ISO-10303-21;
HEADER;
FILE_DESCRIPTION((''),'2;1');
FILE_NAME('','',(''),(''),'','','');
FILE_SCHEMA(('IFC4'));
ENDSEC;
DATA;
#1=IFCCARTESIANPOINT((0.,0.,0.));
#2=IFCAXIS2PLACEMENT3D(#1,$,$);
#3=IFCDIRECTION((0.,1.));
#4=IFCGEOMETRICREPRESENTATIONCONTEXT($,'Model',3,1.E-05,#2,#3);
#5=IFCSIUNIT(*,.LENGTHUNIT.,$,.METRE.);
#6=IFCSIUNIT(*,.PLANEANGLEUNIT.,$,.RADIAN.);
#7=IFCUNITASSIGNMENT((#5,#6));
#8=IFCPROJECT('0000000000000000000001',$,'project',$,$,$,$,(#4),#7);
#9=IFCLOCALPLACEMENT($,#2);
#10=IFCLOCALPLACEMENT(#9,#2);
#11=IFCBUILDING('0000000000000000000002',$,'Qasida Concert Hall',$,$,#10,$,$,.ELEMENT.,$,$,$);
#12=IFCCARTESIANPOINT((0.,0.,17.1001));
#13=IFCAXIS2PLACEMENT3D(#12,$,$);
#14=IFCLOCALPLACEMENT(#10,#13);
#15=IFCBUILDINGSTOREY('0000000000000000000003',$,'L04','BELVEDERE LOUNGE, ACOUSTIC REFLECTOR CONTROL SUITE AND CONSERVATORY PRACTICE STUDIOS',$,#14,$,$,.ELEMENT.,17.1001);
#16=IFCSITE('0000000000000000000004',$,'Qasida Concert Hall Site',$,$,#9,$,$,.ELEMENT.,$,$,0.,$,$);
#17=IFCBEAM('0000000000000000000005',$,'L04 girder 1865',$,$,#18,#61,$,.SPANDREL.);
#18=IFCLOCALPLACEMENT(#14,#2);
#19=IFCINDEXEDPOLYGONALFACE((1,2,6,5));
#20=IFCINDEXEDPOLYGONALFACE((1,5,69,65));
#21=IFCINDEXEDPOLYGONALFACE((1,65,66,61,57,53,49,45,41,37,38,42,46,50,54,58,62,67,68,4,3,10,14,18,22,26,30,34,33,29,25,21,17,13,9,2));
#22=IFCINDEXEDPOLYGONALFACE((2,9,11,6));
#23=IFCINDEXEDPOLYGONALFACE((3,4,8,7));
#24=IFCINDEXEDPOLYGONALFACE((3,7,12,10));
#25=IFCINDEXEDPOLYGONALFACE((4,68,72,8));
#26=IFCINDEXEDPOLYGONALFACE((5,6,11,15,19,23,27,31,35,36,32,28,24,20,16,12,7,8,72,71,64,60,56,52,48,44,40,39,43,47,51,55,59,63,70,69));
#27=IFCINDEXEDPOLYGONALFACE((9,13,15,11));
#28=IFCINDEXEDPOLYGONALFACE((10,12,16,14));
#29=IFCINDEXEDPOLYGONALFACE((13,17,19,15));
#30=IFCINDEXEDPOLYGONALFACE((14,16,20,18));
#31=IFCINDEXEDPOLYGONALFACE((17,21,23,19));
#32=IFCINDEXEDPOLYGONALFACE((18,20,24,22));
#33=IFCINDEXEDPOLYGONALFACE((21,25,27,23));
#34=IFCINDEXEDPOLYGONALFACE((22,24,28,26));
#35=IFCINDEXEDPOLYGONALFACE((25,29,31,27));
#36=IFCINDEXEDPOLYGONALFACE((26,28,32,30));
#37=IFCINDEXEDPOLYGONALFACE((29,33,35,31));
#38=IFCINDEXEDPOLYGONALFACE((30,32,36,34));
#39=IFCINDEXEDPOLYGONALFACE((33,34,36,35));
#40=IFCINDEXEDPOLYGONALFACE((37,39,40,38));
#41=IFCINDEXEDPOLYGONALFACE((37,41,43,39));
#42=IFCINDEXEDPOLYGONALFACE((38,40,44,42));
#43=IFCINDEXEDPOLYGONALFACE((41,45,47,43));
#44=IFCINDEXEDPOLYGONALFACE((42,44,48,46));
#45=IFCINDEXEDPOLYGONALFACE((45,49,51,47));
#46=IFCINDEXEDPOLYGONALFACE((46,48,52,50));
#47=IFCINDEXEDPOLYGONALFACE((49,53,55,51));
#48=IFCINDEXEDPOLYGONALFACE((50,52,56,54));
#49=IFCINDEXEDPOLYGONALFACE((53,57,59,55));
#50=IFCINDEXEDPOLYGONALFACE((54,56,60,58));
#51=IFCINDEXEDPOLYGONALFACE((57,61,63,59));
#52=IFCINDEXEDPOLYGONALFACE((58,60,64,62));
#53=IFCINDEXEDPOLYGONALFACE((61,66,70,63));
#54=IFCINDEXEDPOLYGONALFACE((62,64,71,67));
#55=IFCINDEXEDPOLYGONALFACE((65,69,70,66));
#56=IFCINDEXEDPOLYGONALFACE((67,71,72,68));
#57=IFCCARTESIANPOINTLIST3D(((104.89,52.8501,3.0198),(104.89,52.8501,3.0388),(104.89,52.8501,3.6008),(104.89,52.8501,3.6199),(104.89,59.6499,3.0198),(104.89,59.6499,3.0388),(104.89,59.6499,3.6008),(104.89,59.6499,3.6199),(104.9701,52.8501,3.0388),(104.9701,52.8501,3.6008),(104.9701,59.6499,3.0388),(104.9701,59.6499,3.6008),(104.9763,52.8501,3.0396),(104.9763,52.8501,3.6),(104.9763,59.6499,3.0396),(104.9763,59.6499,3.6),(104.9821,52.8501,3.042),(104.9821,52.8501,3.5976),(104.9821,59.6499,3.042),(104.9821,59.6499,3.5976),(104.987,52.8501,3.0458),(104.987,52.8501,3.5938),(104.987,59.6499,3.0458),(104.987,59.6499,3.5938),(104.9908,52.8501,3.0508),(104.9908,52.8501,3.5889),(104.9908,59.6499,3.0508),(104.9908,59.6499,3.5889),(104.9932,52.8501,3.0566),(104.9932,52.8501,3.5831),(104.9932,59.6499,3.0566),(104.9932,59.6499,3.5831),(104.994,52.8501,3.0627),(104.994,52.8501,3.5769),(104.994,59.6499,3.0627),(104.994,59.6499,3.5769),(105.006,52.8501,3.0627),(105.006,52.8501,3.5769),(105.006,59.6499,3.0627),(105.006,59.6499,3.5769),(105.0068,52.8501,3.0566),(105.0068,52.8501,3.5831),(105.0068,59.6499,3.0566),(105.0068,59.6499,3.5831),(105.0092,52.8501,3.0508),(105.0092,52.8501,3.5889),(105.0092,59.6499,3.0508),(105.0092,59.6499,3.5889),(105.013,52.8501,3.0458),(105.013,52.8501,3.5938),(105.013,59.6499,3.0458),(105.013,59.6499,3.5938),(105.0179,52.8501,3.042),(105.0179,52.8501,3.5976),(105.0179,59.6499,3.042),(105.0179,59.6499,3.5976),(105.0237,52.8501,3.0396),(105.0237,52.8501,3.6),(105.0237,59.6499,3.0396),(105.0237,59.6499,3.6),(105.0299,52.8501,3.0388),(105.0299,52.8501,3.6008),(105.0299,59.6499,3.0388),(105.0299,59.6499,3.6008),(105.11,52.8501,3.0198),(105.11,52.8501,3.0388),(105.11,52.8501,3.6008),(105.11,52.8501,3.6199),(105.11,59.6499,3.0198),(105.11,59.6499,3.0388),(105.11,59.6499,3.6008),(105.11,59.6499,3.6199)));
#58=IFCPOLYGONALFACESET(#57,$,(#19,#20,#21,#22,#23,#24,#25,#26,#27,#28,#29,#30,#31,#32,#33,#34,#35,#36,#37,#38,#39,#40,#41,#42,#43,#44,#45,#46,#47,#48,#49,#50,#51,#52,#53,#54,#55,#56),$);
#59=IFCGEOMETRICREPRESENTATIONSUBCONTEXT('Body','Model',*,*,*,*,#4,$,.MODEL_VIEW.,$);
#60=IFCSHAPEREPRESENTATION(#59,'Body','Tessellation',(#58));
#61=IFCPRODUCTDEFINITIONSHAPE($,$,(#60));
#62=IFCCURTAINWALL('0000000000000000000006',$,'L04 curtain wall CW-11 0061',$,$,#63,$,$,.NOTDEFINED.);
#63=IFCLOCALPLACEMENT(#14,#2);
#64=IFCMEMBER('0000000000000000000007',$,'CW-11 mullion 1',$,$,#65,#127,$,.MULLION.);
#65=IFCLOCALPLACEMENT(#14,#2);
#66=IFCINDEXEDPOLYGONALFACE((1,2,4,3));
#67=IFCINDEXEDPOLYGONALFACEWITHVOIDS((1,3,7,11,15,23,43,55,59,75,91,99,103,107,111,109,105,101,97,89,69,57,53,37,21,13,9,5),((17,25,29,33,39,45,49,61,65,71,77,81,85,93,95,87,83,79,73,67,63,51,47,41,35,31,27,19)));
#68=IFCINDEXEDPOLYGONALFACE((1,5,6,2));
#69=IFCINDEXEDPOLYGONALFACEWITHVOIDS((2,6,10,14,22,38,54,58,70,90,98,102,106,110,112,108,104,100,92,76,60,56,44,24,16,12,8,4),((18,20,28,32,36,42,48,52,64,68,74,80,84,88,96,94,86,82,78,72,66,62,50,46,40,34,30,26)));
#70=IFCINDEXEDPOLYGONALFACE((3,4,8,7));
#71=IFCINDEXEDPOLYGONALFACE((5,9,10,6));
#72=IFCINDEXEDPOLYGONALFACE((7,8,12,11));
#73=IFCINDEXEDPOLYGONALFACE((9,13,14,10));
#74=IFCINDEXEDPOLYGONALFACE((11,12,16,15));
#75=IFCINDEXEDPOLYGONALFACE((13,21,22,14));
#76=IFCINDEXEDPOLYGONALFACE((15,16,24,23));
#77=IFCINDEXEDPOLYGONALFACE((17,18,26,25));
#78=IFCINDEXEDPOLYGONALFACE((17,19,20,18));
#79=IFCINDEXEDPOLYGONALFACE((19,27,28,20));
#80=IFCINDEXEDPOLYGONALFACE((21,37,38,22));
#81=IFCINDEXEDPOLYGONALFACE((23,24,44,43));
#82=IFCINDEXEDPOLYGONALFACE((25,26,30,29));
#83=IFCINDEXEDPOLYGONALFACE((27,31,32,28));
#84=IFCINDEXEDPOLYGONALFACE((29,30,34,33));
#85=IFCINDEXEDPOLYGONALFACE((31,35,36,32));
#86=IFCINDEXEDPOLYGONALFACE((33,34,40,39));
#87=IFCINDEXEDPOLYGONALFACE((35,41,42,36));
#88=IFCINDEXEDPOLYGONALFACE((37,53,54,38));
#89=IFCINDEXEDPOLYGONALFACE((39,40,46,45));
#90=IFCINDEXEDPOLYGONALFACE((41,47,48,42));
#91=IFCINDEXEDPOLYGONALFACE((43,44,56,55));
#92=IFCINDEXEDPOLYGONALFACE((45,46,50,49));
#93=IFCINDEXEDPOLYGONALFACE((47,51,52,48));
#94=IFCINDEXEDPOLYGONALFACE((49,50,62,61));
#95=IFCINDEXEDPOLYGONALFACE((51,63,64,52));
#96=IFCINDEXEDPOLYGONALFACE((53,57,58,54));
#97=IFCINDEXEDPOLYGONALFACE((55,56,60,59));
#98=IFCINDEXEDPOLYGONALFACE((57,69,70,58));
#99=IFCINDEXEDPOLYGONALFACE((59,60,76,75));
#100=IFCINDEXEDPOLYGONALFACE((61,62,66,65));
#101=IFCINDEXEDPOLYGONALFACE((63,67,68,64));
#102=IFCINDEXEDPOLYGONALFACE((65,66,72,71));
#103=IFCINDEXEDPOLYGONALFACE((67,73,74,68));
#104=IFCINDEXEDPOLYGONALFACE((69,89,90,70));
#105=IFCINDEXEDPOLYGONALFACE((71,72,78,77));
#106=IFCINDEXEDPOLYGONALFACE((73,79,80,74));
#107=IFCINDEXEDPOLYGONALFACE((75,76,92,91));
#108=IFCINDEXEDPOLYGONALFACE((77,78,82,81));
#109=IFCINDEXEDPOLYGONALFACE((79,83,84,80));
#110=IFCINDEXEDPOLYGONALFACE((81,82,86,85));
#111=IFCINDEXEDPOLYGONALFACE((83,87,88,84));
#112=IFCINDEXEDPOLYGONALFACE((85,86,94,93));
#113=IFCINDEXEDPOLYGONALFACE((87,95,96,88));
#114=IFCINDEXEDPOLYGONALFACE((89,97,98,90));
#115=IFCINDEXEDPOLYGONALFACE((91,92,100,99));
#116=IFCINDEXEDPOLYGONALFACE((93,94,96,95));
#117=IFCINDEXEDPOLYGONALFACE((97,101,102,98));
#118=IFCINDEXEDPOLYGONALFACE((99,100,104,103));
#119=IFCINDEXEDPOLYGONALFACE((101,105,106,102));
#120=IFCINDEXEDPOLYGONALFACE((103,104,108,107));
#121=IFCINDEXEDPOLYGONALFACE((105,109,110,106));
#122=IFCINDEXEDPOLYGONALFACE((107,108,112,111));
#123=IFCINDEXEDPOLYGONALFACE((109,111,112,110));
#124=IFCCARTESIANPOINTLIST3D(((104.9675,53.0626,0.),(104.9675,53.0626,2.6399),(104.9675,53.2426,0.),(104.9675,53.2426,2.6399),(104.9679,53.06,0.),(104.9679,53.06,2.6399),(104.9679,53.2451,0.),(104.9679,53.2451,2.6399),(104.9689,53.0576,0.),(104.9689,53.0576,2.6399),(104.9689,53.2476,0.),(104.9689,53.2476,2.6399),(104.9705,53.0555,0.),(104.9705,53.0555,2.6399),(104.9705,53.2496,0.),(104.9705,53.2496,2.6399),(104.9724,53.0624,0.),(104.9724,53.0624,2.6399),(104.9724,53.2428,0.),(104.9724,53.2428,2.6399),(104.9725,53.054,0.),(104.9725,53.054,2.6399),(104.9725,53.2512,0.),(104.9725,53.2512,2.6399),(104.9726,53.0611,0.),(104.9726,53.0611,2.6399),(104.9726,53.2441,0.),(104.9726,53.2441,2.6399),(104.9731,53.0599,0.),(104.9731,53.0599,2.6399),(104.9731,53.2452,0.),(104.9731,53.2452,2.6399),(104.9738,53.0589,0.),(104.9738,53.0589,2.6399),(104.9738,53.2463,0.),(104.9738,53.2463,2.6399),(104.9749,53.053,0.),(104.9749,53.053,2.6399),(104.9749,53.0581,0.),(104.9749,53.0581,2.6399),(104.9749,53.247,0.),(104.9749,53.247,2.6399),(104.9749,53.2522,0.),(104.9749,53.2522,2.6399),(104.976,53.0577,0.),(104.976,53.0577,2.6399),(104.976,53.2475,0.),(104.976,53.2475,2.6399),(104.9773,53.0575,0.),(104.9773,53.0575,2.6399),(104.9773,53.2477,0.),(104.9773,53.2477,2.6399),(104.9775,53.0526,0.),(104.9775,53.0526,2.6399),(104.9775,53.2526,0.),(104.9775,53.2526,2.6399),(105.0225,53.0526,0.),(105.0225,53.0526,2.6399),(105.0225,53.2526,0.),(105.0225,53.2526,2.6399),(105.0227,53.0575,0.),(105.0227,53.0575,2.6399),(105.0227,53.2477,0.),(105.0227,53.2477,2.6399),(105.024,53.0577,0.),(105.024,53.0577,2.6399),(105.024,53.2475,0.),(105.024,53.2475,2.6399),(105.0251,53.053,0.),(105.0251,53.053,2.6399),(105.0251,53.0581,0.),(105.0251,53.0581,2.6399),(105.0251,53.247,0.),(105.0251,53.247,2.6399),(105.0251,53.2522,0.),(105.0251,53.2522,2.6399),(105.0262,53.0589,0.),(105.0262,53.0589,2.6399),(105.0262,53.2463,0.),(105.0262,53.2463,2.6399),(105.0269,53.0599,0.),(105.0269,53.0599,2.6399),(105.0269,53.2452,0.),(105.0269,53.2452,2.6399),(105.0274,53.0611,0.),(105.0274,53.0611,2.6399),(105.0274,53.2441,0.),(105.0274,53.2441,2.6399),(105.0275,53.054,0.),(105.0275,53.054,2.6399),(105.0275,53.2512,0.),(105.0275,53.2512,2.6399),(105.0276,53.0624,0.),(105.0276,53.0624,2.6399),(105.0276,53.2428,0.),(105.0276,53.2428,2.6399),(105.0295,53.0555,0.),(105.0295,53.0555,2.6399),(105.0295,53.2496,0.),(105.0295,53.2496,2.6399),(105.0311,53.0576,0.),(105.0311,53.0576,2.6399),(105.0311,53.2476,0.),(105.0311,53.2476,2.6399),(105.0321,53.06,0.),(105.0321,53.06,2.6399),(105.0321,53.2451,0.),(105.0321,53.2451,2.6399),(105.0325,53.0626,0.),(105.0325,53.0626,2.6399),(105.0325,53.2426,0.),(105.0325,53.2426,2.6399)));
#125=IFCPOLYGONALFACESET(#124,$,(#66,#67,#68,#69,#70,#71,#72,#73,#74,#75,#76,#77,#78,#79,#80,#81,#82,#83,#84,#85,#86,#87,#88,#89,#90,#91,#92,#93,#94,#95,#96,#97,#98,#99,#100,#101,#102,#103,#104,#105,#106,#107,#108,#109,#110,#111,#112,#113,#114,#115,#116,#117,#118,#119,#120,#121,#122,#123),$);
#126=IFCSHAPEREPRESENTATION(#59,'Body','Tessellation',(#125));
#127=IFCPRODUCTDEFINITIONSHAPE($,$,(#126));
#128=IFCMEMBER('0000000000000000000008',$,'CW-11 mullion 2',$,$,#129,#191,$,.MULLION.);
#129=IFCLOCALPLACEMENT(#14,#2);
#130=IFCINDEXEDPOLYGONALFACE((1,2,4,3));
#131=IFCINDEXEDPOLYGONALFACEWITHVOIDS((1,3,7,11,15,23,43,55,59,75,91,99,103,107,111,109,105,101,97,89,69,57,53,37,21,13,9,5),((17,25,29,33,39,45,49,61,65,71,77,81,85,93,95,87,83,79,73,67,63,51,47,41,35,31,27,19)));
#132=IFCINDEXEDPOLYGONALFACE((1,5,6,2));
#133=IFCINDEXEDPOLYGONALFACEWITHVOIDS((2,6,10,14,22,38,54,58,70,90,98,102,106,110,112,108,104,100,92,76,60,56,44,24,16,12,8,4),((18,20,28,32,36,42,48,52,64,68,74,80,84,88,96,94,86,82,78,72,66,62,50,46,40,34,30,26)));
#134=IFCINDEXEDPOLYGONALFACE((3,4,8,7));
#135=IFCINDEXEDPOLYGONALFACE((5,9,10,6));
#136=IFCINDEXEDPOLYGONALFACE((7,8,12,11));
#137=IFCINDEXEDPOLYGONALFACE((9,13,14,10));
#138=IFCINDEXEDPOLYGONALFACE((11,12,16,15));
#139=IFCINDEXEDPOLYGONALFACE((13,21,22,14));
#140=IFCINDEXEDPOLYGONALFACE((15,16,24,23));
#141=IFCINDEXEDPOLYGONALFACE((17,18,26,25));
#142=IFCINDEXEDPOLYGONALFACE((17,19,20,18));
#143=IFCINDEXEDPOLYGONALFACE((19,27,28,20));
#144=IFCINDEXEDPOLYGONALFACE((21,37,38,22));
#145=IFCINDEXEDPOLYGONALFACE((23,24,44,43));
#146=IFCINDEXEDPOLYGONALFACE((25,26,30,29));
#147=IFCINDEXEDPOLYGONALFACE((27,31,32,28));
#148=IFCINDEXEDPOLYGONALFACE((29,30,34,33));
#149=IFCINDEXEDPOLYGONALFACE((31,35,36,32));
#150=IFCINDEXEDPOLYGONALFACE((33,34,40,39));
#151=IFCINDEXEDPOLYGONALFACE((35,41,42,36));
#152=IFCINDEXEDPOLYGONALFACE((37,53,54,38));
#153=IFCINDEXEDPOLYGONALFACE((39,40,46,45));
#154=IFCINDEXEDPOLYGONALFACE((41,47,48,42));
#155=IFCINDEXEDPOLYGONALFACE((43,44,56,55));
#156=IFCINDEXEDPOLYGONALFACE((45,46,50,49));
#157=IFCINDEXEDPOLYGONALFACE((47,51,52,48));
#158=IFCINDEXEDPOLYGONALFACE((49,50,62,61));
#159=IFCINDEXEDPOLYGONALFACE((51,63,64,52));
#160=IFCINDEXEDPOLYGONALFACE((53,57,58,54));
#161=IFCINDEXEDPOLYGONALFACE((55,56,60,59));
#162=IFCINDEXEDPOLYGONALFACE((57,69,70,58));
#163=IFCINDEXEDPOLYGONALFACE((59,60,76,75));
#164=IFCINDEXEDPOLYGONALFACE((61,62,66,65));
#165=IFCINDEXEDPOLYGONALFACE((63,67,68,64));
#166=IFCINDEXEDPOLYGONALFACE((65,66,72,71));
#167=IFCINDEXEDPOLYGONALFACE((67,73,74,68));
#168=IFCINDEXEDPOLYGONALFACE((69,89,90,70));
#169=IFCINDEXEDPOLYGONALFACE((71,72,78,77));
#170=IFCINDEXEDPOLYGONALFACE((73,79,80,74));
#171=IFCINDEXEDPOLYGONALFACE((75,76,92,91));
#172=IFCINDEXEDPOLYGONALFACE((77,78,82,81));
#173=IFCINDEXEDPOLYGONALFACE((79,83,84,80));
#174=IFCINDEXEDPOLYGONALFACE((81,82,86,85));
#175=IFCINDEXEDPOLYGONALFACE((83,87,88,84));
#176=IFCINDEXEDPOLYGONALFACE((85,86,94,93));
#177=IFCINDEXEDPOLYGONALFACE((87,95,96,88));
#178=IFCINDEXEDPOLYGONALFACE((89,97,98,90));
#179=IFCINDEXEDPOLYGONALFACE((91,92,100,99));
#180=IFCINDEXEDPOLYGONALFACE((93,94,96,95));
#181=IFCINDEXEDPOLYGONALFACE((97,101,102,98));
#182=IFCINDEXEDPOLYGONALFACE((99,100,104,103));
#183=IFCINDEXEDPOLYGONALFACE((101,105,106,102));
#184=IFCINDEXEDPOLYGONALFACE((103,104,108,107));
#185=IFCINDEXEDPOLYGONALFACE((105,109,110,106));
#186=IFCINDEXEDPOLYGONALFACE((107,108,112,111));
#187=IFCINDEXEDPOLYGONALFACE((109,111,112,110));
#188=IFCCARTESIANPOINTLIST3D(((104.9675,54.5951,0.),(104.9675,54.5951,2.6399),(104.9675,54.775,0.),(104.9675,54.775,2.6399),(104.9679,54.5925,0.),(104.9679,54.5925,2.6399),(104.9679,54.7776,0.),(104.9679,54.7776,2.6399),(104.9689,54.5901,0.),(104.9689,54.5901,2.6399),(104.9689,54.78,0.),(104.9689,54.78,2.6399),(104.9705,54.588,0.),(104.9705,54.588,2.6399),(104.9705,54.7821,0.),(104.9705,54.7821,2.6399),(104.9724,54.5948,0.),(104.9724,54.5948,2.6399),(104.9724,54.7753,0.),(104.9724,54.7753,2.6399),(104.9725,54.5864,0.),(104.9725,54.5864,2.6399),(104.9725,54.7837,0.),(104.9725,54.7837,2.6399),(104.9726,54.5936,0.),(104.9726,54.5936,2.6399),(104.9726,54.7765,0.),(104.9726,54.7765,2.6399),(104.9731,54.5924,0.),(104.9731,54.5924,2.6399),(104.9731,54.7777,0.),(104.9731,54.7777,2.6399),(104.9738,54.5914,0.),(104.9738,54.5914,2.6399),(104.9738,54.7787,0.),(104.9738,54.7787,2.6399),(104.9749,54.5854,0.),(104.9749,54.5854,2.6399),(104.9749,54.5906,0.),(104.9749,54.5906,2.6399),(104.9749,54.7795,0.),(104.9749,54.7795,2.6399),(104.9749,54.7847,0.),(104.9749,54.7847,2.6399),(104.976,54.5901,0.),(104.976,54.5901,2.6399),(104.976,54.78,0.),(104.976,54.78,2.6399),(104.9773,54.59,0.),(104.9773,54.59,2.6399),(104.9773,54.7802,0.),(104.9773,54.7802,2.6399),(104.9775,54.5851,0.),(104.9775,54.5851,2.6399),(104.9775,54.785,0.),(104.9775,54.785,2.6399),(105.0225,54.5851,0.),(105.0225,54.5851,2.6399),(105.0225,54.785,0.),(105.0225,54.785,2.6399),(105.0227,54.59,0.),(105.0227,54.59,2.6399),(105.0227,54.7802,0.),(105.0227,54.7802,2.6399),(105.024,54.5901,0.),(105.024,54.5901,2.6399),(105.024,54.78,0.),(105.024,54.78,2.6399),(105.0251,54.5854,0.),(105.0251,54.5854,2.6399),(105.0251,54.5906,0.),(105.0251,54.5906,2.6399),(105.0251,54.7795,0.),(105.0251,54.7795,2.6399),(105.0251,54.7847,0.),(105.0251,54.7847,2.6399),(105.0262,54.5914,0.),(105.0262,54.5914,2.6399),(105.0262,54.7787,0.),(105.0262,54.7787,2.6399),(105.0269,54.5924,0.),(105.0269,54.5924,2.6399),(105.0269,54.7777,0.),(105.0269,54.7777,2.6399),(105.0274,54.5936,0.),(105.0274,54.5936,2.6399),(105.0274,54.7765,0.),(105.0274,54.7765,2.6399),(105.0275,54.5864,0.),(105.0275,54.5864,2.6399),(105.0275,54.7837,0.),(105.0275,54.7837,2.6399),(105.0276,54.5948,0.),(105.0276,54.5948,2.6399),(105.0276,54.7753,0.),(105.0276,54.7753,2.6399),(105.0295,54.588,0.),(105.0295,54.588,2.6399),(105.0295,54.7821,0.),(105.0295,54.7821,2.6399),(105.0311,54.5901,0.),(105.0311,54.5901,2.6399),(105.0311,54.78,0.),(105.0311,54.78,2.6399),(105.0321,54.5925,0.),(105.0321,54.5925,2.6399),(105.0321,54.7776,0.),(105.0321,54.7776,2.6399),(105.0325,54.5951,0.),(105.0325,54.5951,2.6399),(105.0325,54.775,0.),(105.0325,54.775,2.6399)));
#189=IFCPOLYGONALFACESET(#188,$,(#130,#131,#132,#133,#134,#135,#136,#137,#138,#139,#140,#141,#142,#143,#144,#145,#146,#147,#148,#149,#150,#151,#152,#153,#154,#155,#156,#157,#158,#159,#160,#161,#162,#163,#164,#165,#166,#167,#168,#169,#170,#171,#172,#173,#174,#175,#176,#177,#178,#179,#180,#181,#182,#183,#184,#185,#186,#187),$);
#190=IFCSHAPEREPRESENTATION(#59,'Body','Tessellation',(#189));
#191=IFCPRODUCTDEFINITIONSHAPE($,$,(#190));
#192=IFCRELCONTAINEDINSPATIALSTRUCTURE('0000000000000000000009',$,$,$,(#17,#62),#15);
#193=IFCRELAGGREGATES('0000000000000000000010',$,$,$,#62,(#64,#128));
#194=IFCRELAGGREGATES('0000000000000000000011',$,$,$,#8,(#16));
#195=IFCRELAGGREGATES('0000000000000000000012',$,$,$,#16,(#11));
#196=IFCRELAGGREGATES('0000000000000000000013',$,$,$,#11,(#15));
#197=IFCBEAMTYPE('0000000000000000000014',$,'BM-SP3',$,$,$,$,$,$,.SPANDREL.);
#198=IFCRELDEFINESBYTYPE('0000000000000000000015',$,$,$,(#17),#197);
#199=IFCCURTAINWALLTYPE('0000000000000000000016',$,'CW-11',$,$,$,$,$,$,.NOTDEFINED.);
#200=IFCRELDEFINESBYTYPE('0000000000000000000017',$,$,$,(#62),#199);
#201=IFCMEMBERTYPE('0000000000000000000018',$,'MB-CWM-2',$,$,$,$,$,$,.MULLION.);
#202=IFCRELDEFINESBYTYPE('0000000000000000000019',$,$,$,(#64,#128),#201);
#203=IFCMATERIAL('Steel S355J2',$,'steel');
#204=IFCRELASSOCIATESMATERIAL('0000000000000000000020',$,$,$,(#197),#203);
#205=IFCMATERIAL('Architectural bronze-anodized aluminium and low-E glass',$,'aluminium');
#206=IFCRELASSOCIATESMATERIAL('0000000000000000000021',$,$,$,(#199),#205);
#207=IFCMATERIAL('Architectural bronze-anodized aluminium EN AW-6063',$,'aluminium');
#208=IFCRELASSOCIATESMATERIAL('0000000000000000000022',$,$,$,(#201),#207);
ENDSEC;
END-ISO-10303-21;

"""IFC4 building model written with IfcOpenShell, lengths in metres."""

from ifc_helpers import new_model, si_unit, direction, frame, origin, origin_2d, place, context, subcontext, project, spatial, hollow_rectangle, i_section, extrude, material, material_profile, profile_set, type_object, element, aggregate, save


model = new_model("IFC4")

# Units and contexts
model_context = context("Model", 3, precision=1e-05, world=origin(), true_north=direction((0.0, 1.0)))
body_context = subcontext(model_context, "Body", "Model", "MODEL_VIEW")
ifc_project = project(units=[si_unit("LENGTHUNIT", "METRE"), si_unit("PLANEANGLEUNIT", "RADIAN")], contexts=[model_context])

# Site, building, storey
site_placement = place(None, origin())
site = spatial("IfcSite", under=ifc_project, at=site_placement, Name="Qasida Concert Hall Site", CompositionType="ELEMENT", RefElevation=0.0)
building_placement = place(site_placement, origin())
building = spatial("IfcBuilding", under=site, at=building_placement, Name="Qasida Concert Hall", CompositionType="ELEMENT")
storey_placement = place(building_placement, frame((0.0, 0.0, 17.1001)))
storey = spatial("IfcBuildingStorey", under=building, at=storey_placement, Name="L04", Description="BELVEDERE LOUNGE, ACOUSTIC REFLECTOR CONTROL SUITE AND CONSERVATORY PRACTICE STUDIOS", CompositionType="ELEMENT", Elevation=17.1001)

# Beam
ifc_material_1 = material(Name="Steel S355J2", Category="steel")
ifc_material_profile_1 = material_profile(ifc_material_1, i_section(OverallWidth=0.22, OverallDepth=0.6001, WebThickness=0.012, FlangeThickness=0.019, FilletRadius=0.0239, at=origin_2d()), Name="IPE 600")
ifc_profile_set_1 = profile_set([ifc_material_profile_1], Name="Steel S355J2")
beam_type_1 = type_object("IfcBeamType", Name="BM-SP3", PredefinedType="SPANDREL", material=ifc_profile_set_1)
beam_1_placement = place(storey_placement, frame((105.0, 52.8501, 3.3198), z_axis=(0.0, 1.0, 0.0), x_axis=(-1.0, 0.0, 0.0)))
element("IfcBeam", 1, at=beam_1_placement, inside=storey, type_object=beam_type_1, Name="L04 girder 1865", PredefinedType="SPANDREL", context=body_context, shape_type="SweptSolid", body=[
    extrude(i_section(OverallWidth=0.22, OverallDepth=0.6001, WebThickness=0.012, FlangeThickness=0.019, FilletRadius=0.0239, at=origin_2d()), origin(), (0.0, 0.0, 1.0), 6.7998),
])

# Curtain wall, members
ifc_material_2 = material(Name="Architectural bronze-anodized aluminium and low-E glass", Category="aluminium")
curtain_wall_type = type_object("IfcCurtainWallType", Name="CW-11", PredefinedType="NOTDEFINED", material=ifc_material_2)
curtain_wall_placement = place(storey_placement, origin())
curtain_wall = element("IfcCurtainWall", 2, at=curtain_wall_placement, inside=storey, type_object=curtain_wall_type, Name="L04 curtain wall CW-11 0061", PredefinedType="NOTDEFINED")
ifc_material_3 = material(Name="Architectural bronze-anodized aluminium EN AW-6063", Category="aluminium")
ifc_material_profile_2 = material_profile(ifc_material_3, hollow_rectangle(XDim=0.0649, YDim=0.2, WallThickness=0.0049, InnerFilletRadius=0.0049, OuterFilletRadius=0.01, at=origin_2d()), Name="CWM 200x65x5")
ifc_profile_set_2 = profile_set([ifc_material_profile_2], Name="Architectural bronze-anodized aluminium EN AW-6063")
member_type_1 = type_object("IfcMemberType", Name="MB-CWM-2", PredefinedType="MULLION", material=ifc_profile_set_2)
member_1_placement = place(storey_placement, frame((105.0, 53.1526, 0.0), z_axis=(0.0, 0.0, 1.0), x_axis=(-1.0, 0.0, 0.0)))
member_1 = element("IfcMember", 3, at=member_1_placement, type_object=member_type_1, Name="CW-11 mullion 1", PredefinedType="MULLION", context=body_context, shape_type="SweptSolid", body=[
    extrude(hollow_rectangle(XDim=0.0649, YDim=0.2, WallThickness=0.0049, InnerFilletRadius=0.0049, OuterFilletRadius=0.01, at=origin_2d()), origin(), (0.0, 0.0, 1.0), 2.6399),
])
member_2_placement = place(storey_placement, frame((105.0, 54.6851, 0.0), z_axis=(0.0, 0.0, 1.0), x_axis=(-1.0, 0.0, 0.0)))
member_2 = element("IfcMember", 4, at=member_2_placement, type_object=member_type_1, Name="CW-11 mullion 2", PredefinedType="MULLION", context=body_context, shape_type="SweptSolid", body=[
    extrude(hollow_rectangle(XDim=0.0649, YDim=0.2, WallThickness=0.0049, InnerFilletRadius=0.0049, OuterFilletRadius=0.01, at=origin_2d()), origin(), (0.0, 0.0, 1.0), 2.6399),
])
aggregate(curtain_wall, [member_1, member_2])

save(model, "model.ifc")
